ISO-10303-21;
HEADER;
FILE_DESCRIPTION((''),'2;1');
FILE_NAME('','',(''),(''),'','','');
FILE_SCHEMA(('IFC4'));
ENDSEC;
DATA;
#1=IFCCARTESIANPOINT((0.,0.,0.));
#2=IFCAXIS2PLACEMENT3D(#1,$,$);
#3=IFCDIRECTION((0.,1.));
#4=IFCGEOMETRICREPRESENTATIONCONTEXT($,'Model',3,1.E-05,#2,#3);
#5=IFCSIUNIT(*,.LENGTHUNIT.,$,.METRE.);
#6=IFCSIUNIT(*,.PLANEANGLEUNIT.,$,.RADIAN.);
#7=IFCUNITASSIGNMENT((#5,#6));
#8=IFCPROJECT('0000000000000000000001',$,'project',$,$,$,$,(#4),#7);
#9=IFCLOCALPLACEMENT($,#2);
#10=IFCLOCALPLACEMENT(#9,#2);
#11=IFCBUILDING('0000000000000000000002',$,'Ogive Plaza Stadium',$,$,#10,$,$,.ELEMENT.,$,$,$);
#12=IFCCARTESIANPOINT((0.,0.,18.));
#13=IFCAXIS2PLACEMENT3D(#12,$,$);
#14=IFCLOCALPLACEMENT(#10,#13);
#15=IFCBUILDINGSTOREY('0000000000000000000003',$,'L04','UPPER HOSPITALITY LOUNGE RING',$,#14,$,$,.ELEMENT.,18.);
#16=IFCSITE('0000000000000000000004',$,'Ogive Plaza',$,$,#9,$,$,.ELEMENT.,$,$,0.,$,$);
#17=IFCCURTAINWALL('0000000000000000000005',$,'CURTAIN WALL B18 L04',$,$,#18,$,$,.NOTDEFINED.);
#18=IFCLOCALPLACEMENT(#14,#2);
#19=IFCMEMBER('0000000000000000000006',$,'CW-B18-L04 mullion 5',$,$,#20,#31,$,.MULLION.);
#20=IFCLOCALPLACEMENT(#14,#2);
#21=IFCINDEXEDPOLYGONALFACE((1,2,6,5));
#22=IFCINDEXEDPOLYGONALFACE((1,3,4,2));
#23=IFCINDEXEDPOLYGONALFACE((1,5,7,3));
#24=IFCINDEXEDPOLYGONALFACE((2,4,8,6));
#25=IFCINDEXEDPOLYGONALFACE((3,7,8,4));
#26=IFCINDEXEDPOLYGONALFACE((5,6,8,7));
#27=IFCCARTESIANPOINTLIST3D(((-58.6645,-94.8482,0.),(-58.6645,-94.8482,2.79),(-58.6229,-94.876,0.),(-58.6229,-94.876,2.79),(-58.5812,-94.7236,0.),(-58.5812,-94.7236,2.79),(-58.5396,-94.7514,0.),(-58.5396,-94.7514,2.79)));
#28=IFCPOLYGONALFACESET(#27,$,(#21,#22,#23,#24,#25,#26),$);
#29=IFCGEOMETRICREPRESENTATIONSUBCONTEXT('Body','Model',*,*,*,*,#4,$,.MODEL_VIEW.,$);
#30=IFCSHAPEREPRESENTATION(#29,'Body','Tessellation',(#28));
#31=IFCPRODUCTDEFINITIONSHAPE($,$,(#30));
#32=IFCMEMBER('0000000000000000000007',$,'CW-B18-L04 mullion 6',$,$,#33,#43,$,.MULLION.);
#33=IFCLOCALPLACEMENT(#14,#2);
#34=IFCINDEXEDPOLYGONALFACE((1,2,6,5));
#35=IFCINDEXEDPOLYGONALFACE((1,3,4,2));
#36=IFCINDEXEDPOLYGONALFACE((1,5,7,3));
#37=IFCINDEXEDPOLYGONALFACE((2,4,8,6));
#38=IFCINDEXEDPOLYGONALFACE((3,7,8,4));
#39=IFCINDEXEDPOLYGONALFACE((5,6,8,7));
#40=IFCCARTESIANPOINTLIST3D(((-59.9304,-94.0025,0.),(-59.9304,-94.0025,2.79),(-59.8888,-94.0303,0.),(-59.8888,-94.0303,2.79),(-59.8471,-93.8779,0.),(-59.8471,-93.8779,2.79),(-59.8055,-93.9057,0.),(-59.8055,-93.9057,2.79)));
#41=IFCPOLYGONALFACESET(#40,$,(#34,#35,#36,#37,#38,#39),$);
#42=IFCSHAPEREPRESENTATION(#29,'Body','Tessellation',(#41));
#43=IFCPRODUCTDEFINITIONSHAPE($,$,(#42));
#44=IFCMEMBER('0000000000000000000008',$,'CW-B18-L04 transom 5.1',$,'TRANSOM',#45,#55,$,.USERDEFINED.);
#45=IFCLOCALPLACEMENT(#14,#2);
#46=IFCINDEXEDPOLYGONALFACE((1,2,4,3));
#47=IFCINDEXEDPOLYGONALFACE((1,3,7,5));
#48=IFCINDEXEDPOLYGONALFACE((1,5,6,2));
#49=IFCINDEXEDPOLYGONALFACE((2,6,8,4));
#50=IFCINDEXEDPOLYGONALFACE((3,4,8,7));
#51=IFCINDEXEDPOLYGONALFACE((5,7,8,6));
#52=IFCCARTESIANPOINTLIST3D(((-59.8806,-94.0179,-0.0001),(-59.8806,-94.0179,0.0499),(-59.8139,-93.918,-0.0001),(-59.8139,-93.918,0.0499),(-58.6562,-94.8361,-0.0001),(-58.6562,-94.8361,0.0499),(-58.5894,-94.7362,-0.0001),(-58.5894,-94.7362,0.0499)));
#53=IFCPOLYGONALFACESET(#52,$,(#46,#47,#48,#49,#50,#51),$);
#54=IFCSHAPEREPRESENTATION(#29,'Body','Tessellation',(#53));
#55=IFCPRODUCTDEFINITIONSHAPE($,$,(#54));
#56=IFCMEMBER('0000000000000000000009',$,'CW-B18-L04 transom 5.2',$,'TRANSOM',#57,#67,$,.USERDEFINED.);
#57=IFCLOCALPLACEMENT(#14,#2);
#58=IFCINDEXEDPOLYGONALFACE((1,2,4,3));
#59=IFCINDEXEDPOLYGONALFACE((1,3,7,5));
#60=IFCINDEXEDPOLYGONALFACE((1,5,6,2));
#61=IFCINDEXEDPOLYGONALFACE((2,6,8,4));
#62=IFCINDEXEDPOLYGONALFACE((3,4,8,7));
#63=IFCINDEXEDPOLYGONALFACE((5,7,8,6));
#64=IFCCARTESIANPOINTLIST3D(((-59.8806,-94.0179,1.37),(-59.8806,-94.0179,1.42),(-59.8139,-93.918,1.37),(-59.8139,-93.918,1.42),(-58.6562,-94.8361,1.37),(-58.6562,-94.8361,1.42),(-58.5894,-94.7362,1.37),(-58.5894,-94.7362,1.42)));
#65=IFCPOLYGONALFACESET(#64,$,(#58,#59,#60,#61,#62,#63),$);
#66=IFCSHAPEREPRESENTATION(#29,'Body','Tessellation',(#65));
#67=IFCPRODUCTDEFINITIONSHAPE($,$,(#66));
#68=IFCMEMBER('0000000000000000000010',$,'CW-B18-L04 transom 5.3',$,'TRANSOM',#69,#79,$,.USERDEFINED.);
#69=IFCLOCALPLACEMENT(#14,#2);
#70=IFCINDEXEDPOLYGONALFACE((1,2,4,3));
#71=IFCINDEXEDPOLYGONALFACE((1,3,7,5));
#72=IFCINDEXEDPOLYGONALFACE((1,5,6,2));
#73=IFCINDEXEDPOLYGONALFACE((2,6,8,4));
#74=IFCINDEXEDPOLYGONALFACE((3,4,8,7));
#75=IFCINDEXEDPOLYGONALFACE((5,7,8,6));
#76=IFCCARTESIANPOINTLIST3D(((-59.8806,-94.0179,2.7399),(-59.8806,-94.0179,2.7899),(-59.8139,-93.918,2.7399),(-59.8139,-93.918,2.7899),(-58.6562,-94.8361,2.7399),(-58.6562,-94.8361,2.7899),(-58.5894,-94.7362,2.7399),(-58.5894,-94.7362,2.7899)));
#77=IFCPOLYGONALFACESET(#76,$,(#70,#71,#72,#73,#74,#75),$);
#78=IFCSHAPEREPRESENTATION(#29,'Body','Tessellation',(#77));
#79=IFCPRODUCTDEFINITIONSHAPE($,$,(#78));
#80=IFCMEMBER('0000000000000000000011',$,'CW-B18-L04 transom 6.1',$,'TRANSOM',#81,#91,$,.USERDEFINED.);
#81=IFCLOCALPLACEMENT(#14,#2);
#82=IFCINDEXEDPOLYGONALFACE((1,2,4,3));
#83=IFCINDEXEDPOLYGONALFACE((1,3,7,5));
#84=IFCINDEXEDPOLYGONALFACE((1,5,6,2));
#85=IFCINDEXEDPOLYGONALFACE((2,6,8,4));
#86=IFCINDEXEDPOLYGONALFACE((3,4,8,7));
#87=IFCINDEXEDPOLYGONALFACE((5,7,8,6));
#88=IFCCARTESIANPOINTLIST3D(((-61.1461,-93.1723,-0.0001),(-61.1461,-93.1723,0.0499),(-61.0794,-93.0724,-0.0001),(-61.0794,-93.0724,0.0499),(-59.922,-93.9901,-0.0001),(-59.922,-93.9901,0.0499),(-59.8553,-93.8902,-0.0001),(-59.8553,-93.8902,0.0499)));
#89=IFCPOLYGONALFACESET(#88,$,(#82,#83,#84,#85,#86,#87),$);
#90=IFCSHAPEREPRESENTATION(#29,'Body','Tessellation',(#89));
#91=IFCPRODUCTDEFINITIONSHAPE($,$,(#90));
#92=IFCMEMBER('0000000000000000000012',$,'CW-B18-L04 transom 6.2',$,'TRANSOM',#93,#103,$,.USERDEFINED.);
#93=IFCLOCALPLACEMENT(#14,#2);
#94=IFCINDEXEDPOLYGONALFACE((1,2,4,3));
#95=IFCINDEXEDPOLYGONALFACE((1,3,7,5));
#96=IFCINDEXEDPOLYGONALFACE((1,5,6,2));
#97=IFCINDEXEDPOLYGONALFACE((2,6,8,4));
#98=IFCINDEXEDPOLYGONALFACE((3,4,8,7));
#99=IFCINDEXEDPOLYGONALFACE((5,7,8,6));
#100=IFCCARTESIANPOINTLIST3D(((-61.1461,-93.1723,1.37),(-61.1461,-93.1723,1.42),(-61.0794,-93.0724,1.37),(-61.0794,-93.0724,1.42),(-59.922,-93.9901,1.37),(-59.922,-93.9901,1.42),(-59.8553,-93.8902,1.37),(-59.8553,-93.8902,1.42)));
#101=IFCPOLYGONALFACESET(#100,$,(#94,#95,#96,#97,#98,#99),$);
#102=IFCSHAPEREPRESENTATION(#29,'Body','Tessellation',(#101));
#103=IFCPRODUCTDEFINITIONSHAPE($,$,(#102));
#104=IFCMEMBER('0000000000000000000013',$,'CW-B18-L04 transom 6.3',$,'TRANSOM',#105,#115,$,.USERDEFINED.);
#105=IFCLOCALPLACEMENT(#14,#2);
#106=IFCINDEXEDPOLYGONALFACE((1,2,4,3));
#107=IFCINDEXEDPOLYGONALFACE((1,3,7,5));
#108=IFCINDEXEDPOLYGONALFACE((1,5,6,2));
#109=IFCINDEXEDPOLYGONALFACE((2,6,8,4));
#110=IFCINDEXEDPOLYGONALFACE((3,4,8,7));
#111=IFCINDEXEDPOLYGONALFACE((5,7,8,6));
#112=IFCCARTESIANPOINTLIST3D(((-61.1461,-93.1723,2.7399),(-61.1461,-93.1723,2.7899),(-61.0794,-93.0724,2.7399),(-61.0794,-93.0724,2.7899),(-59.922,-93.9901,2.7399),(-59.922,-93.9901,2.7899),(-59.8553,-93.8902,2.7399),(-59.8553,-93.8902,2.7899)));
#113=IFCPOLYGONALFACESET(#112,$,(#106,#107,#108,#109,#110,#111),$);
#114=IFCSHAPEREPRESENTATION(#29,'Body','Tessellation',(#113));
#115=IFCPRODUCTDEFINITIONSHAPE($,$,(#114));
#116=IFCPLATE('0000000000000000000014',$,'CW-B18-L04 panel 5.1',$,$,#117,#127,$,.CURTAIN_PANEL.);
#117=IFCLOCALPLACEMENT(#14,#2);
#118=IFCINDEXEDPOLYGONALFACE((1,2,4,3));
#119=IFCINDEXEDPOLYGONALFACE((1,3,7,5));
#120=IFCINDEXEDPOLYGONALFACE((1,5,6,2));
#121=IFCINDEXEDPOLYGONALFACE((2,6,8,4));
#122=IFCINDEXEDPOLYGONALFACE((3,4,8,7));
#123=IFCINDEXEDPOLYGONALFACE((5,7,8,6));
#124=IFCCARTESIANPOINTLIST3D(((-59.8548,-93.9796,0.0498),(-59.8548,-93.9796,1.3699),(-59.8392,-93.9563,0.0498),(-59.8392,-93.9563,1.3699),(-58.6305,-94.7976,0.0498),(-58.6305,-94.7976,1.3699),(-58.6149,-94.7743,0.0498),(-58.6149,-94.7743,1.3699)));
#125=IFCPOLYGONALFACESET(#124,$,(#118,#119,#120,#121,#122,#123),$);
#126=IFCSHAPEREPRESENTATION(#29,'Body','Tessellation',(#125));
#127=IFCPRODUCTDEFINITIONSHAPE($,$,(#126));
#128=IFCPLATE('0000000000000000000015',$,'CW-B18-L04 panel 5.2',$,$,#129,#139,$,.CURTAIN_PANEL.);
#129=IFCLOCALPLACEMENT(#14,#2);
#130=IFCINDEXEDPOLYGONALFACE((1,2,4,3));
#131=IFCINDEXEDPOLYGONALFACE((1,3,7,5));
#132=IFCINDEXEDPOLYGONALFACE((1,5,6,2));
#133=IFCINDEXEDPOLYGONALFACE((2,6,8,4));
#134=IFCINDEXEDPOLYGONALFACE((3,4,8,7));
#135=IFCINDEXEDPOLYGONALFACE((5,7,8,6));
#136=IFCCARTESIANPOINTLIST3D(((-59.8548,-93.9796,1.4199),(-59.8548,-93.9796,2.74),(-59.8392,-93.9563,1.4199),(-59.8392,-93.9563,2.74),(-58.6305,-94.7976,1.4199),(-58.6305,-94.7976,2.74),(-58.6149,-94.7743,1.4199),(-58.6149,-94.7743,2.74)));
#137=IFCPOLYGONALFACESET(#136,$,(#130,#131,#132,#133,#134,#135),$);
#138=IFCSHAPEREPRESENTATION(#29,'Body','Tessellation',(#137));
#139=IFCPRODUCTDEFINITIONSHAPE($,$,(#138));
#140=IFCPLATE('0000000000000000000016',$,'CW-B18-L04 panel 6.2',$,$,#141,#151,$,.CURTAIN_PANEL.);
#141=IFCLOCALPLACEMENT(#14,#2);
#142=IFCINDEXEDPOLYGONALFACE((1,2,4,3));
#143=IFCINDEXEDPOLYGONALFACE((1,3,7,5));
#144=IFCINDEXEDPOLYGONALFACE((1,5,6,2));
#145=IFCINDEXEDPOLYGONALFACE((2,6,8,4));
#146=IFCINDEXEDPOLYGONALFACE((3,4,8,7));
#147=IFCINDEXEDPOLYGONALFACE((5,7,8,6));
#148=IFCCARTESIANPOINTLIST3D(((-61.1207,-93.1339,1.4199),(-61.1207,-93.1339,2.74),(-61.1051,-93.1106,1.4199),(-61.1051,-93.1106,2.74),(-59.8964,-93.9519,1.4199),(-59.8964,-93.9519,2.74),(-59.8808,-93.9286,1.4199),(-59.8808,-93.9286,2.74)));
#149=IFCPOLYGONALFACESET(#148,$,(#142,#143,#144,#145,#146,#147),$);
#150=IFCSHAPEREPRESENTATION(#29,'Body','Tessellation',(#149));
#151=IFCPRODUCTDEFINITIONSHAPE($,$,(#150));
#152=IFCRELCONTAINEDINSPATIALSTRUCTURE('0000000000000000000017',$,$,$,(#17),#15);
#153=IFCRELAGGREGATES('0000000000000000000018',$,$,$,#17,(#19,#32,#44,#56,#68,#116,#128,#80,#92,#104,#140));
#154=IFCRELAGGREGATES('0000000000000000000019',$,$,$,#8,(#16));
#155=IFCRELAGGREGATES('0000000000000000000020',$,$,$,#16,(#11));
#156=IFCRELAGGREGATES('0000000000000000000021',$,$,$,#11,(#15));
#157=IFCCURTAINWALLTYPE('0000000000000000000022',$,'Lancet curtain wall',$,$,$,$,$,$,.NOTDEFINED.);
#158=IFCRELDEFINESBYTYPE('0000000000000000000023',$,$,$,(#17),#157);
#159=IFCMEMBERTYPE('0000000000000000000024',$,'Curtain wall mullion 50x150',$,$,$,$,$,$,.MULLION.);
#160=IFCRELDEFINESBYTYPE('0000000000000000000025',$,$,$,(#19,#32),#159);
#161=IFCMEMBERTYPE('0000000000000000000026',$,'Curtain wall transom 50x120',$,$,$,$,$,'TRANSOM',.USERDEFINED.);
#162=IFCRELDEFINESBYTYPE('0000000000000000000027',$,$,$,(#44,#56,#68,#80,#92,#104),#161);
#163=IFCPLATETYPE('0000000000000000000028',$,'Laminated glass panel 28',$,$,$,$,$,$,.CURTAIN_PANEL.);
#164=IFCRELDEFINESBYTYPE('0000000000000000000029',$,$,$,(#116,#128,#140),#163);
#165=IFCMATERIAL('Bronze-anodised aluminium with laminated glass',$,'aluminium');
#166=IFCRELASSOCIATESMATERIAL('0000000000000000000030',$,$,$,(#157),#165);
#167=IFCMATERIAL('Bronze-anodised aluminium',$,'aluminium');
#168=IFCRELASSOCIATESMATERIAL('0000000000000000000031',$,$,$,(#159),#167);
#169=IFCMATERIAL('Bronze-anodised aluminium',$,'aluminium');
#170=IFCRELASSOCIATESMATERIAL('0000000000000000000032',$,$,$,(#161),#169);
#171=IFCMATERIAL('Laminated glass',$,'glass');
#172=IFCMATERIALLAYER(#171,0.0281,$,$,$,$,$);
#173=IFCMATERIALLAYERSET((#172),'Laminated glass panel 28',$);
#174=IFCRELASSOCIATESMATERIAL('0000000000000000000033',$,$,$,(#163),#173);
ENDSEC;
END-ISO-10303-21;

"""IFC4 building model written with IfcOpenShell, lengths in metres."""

from ifc_helpers import new_model, si_unit, direction, frame, origin, origin_2d, place, context, subcontext, project, spatial, rectangle, extrude, material, layer, layer_set, material_profile, profile_set, type_object, element, aggregate, save


model = new_model("IFC4")

# Units and contexts
model_context = context("Model", 3, precision=1e-05, world=origin(), true_north=direction((0.0, 1.0)))
body_context = subcontext(model_context, "Body", "Model", "MODEL_VIEW")
ifc_project = project(units=[si_unit("LENGTHUNIT", "METRE"), si_unit("PLANEANGLEUNIT", "RADIAN")], contexts=[model_context])

# Site, building, storey
site_placement = place(None, origin())
site = spatial("IfcSite", under=ifc_project, at=site_placement, Name="Ogive Plaza", CompositionType="ELEMENT", RefElevation=0.0)
building_placement = place(site_placement, origin())
building = spatial("IfcBuilding", under=site, at=building_placement, Name="Ogive Plaza Stadium", CompositionType="ELEMENT")
storey_placement = place(building_placement, frame((0.0, 0.0, 18.0)))
storey = spatial("IfcBuildingStorey", under=building, at=storey_placement, Name="L04", Description="UPPER HOSPITALITY LOUNGE RING", CompositionType="ELEMENT", Elevation=18.0)

# Curtain wall, members, plates
ifc_material_1 = material(Name="Bronze-anodised aluminium with laminated glass", Category="aluminium")
curtain_wall_type = type_object("IfcCurtainWallType", Name="Lancet curtain wall", PredefinedType="NOTDEFINED", material=ifc_material_1)
curtain_wall_placement = place(storey_placement, origin())
curtain_wall = element("IfcCurtainWall", 1, at=curtain_wall_placement, inside=storey, type_object=curtain_wall_type, Name="CURTAIN WALL B18 L04", PredefinedType="NOTDEFINED")
ifc_material_2 = material(Name="Bronze-anodised aluminium", Category="aluminium")
ifc_material_profile_1 = material_profile(ifc_material_2, rectangle(XDim=0.1499, YDim=0.05, at=origin_2d()), Name="AL 150x50")
ifc_profile_set_1 = profile_set([ifc_material_profile_1], Name="Bronze-anodised aluminium")
member_type_1 = type_object("IfcMemberType", Name="Curtain wall mullion 50x150", PredefinedType="MULLION", material=ifc_profile_set_1)
member_1_placement = place(storey_placement, frame((-58.6021, -94.7998, 0.0), z_axis=(0.0, 0.0, 1.0), x_axis=(-0.55557, -0.83147, 0.0)))
member_1 = element("IfcMember", 2, at=member_1_placement, type_object=member_type_1, Name="CW-B18-L04 mullion 5", PredefinedType="MULLION", context=body_context, shape_type="SweptSolid", body=[
    extrude(rectangle(XDim=0.1499, YDim=0.05, at=origin_2d()), origin(), (0.0, 0.0, 1.0), 2.79),
])
member_2_placement = place(storey_placement, frame((-59.8679, -93.9541, 0.0), z_axis=(0.0, 0.0, 1.0), x_axis=(-0.55557, -0.83147, 0.0)))
member_2 = element("IfcMember", 3, at=member_2_placement, type_object=member_type_1, Name="CW-B18-L04 mullion 6", PredefinedType="MULLION", context=body_context, shape_type="SweptSolid", body=[
    extrude(rectangle(XDim=0.1499, YDim=0.05, at=origin_2d()), origin(), (0.0, 0.0, 1.0), 2.79),
])
ifc_material_3 = material(Name="Bronze-anodised aluminium", Category="aluminium")
ifc_material_profile_2 = material_profile(ifc_material_3, rectangle(XDim=0.1201, YDim=0.05, at=origin_2d()), Name="AL 120x50")
ifc_profile_set_2 = profile_set([ifc_material_profile_2], Name="Bronze-anodised aluminium")
member_type_2 = type_object("IfcMemberType", Name="Curtain wall transom 50x120", ElementType="TRANSOM", PredefinedType="USERDEFINED", material=ifc_profile_set_2)
member_3_placement = place(storey_placement, frame((-58.6228, -94.7861, 0.0249), z_axis=(-0.831463, 0.55558, 0.0), x_axis=(-0.55558, -0.831463, 0.0)))
member_3 = element("IfcMember", 4, at=member_3_placement, type_object=member_type_2, Name="CW-B18-L04 transom 5.1", ObjectType="TRANSOM", PredefinedType="USERDEFINED", context=body_context, shape_type="SweptSolid", body=[
    extrude(rectangle(XDim=0.1201, YDim=0.05, at=origin_2d()), origin(), (0.0, 0.0, 1.0), 1.4727),
])
member_4_placement = place(storey_placement, frame((-58.6228, -94.7861, 1.395), z_axis=(-0.831463, 0.55558, 0.0), x_axis=(-0.55558, -0.831463, 0.0)))
member_4 = element("IfcMember", 5, at=member_4_placement, type_object=member_type_2, Name="CW-B18-L04 transom 5.2", ObjectType="TRANSOM", PredefinedType="USERDEFINED", context=body_context, shape_type="SweptSolid", body=[
    extrude(rectangle(XDim=0.1201, YDim=0.05, at=origin_2d()), origin(), (0.0, 0.0, 1.0), 1.4727),
])
member_5_placement = place(storey_placement, frame((-58.6228, -94.7861, 2.7649), z_axis=(-0.831463, 0.55558, 0.0), x_axis=(-0.55558, -0.831463, 0.0)))
member_5 = element("IfcMember", 6, at=member_5_placement, type_object=member_type_2, Name="CW-B18-L04 transom 5.3", ObjectType="TRANSOM", PredefinedType="USERDEFINED", context=body_context, shape_type="SweptSolid", body=[
    extrude(rectangle(XDim=0.1201, YDim=0.05, at=origin_2d()), origin(), (0.0, 0.0, 1.0), 1.4727),
])
member_6_placement = place(storey_placement, frame((-59.8887, -93.9402, 0.0249), z_axis=(-0.831489, 0.555542, 0.0), x_axis=(-0.555542, -0.831489, 0.0)))
member_6 = element("IfcMember", 7, at=member_6_placement, type_object=member_type_2, Name="CW-B18-L04 transom 6.1", ObjectType="TRANSOM", PredefinedType="USERDEFINED", context=body_context, shape_type="SweptSolid", body=[
    extrude(rectangle(XDim=0.1201, YDim=0.05, at=origin_2d()), origin(), (0.0, 0.0, 1.0), 1.4722),
])
member_7_placement = place(storey_placement, frame((-59.8887, -93.9402, 1.395), z_axis=(-0.831489, 0.555542, 0.0), x_axis=(-0.555542, -0.831489, 0.0)))
member_7 = element("IfcMember", 8, at=member_7_placement, type_object=member_type_2, Name="CW-B18-L04 transom 6.2", ObjectType="TRANSOM", PredefinedType="USERDEFINED", context=body_context, shape_type="SweptSolid", body=[
    extrude(rectangle(XDim=0.1201, YDim=0.05, at=origin_2d()), origin(), (0.0, 0.0, 1.0), 1.4722),
])
member_8_placement = place(storey_placement, frame((-59.8887, -93.9402, 2.7649), z_axis=(-0.831489, 0.555542, 0.0), x_axis=(-0.555542, -0.831489, 0.0)))
member_8 = element("IfcMember", 9, at=member_8_placement, type_object=member_type_2, Name="CW-B18-L04 transom 6.3", ObjectType="TRANSOM", PredefinedType="USERDEFINED", context=body_context, shape_type="SweptSolid", body=[
    extrude(rectangle(XDim=0.1201, YDim=0.05, at=origin_2d()), origin(), (0.0, 0.0, 1.0), 1.4722),
])
ifc_material_4 = material(Name="Laminated glass", Category="glass")
ifc_layer_1 = layer(ifc_material_4, 0.0281)
ifc_layer_set_1 = layer_set([ifc_layer_1], Name="Laminated glass panel 28")
plate_type = type_object("IfcPlateType", Name="Laminated glass panel 28", PredefinedType="CURTAIN_PANEL", material=ifc_layer_set_1)
plate_1_placement = place(storey_placement, frame((-59.2349, -94.377, 0.0498), z_axis=(0.0, 0.0, 1.0), x_axis=(-0.83147, 0.55557, 0.0)))
plate_1 = element("IfcPlate", 10, at=plate_1_placement, type_object=plate_type, Name="CW-B18-L04 panel 5.1", PredefinedType="CURTAIN_PANEL", context=body_context, shape_type="SweptSolid", body=[
    extrude(rectangle(XDim=1.4724, YDim=0.0281, at=origin_2d()), origin(), (0.0, 0.0, 1.0), 1.3201),
])
plate_2_placement = place(storey_placement, frame((-59.2349, -94.377, 1.4199), z_axis=(0.0, 0.0, 1.0), x_axis=(-0.83147, 0.55557, 0.0)))
plate_2 = element("IfcPlate", 11, at=plate_2_placement, type_object=plate_type, Name="CW-B18-L04 panel 5.2", PredefinedType="CURTAIN_PANEL", context=body_context, shape_type="SweptSolid", body=[
    extrude(rectangle(XDim=1.4724, YDim=0.0281, at=origin_2d()), origin(), (0.0, 0.0, 1.0), 1.3201),
])
plate_3_placement = place(storey_placement, frame((-60.5007, -93.5312, 1.4199), z_axis=(0.0, 0.0, 1.0), x_axis=(-0.83147, 0.55557, 0.0)))
plate_3 = element("IfcPlate", 12, at=plate_3_placement, type_object=plate_type, Name="CW-B18-L04 panel 6.2", PredefinedType="CURTAIN_PANEL", context=body_context, shape_type="SweptSolid", body=[
    extrude(rectangle(XDim=1.4724, YDim=0.0281, at=origin_2d()), origin(), (0.0, 0.0, 1.0), 1.3201),
])
aggregate(curtain_wall, [member_1, member_2, member_3, member_4, member_5, plate_1, plate_2, member_6, member_7, member_8, plate_3])

save(model, "model.ifc")
